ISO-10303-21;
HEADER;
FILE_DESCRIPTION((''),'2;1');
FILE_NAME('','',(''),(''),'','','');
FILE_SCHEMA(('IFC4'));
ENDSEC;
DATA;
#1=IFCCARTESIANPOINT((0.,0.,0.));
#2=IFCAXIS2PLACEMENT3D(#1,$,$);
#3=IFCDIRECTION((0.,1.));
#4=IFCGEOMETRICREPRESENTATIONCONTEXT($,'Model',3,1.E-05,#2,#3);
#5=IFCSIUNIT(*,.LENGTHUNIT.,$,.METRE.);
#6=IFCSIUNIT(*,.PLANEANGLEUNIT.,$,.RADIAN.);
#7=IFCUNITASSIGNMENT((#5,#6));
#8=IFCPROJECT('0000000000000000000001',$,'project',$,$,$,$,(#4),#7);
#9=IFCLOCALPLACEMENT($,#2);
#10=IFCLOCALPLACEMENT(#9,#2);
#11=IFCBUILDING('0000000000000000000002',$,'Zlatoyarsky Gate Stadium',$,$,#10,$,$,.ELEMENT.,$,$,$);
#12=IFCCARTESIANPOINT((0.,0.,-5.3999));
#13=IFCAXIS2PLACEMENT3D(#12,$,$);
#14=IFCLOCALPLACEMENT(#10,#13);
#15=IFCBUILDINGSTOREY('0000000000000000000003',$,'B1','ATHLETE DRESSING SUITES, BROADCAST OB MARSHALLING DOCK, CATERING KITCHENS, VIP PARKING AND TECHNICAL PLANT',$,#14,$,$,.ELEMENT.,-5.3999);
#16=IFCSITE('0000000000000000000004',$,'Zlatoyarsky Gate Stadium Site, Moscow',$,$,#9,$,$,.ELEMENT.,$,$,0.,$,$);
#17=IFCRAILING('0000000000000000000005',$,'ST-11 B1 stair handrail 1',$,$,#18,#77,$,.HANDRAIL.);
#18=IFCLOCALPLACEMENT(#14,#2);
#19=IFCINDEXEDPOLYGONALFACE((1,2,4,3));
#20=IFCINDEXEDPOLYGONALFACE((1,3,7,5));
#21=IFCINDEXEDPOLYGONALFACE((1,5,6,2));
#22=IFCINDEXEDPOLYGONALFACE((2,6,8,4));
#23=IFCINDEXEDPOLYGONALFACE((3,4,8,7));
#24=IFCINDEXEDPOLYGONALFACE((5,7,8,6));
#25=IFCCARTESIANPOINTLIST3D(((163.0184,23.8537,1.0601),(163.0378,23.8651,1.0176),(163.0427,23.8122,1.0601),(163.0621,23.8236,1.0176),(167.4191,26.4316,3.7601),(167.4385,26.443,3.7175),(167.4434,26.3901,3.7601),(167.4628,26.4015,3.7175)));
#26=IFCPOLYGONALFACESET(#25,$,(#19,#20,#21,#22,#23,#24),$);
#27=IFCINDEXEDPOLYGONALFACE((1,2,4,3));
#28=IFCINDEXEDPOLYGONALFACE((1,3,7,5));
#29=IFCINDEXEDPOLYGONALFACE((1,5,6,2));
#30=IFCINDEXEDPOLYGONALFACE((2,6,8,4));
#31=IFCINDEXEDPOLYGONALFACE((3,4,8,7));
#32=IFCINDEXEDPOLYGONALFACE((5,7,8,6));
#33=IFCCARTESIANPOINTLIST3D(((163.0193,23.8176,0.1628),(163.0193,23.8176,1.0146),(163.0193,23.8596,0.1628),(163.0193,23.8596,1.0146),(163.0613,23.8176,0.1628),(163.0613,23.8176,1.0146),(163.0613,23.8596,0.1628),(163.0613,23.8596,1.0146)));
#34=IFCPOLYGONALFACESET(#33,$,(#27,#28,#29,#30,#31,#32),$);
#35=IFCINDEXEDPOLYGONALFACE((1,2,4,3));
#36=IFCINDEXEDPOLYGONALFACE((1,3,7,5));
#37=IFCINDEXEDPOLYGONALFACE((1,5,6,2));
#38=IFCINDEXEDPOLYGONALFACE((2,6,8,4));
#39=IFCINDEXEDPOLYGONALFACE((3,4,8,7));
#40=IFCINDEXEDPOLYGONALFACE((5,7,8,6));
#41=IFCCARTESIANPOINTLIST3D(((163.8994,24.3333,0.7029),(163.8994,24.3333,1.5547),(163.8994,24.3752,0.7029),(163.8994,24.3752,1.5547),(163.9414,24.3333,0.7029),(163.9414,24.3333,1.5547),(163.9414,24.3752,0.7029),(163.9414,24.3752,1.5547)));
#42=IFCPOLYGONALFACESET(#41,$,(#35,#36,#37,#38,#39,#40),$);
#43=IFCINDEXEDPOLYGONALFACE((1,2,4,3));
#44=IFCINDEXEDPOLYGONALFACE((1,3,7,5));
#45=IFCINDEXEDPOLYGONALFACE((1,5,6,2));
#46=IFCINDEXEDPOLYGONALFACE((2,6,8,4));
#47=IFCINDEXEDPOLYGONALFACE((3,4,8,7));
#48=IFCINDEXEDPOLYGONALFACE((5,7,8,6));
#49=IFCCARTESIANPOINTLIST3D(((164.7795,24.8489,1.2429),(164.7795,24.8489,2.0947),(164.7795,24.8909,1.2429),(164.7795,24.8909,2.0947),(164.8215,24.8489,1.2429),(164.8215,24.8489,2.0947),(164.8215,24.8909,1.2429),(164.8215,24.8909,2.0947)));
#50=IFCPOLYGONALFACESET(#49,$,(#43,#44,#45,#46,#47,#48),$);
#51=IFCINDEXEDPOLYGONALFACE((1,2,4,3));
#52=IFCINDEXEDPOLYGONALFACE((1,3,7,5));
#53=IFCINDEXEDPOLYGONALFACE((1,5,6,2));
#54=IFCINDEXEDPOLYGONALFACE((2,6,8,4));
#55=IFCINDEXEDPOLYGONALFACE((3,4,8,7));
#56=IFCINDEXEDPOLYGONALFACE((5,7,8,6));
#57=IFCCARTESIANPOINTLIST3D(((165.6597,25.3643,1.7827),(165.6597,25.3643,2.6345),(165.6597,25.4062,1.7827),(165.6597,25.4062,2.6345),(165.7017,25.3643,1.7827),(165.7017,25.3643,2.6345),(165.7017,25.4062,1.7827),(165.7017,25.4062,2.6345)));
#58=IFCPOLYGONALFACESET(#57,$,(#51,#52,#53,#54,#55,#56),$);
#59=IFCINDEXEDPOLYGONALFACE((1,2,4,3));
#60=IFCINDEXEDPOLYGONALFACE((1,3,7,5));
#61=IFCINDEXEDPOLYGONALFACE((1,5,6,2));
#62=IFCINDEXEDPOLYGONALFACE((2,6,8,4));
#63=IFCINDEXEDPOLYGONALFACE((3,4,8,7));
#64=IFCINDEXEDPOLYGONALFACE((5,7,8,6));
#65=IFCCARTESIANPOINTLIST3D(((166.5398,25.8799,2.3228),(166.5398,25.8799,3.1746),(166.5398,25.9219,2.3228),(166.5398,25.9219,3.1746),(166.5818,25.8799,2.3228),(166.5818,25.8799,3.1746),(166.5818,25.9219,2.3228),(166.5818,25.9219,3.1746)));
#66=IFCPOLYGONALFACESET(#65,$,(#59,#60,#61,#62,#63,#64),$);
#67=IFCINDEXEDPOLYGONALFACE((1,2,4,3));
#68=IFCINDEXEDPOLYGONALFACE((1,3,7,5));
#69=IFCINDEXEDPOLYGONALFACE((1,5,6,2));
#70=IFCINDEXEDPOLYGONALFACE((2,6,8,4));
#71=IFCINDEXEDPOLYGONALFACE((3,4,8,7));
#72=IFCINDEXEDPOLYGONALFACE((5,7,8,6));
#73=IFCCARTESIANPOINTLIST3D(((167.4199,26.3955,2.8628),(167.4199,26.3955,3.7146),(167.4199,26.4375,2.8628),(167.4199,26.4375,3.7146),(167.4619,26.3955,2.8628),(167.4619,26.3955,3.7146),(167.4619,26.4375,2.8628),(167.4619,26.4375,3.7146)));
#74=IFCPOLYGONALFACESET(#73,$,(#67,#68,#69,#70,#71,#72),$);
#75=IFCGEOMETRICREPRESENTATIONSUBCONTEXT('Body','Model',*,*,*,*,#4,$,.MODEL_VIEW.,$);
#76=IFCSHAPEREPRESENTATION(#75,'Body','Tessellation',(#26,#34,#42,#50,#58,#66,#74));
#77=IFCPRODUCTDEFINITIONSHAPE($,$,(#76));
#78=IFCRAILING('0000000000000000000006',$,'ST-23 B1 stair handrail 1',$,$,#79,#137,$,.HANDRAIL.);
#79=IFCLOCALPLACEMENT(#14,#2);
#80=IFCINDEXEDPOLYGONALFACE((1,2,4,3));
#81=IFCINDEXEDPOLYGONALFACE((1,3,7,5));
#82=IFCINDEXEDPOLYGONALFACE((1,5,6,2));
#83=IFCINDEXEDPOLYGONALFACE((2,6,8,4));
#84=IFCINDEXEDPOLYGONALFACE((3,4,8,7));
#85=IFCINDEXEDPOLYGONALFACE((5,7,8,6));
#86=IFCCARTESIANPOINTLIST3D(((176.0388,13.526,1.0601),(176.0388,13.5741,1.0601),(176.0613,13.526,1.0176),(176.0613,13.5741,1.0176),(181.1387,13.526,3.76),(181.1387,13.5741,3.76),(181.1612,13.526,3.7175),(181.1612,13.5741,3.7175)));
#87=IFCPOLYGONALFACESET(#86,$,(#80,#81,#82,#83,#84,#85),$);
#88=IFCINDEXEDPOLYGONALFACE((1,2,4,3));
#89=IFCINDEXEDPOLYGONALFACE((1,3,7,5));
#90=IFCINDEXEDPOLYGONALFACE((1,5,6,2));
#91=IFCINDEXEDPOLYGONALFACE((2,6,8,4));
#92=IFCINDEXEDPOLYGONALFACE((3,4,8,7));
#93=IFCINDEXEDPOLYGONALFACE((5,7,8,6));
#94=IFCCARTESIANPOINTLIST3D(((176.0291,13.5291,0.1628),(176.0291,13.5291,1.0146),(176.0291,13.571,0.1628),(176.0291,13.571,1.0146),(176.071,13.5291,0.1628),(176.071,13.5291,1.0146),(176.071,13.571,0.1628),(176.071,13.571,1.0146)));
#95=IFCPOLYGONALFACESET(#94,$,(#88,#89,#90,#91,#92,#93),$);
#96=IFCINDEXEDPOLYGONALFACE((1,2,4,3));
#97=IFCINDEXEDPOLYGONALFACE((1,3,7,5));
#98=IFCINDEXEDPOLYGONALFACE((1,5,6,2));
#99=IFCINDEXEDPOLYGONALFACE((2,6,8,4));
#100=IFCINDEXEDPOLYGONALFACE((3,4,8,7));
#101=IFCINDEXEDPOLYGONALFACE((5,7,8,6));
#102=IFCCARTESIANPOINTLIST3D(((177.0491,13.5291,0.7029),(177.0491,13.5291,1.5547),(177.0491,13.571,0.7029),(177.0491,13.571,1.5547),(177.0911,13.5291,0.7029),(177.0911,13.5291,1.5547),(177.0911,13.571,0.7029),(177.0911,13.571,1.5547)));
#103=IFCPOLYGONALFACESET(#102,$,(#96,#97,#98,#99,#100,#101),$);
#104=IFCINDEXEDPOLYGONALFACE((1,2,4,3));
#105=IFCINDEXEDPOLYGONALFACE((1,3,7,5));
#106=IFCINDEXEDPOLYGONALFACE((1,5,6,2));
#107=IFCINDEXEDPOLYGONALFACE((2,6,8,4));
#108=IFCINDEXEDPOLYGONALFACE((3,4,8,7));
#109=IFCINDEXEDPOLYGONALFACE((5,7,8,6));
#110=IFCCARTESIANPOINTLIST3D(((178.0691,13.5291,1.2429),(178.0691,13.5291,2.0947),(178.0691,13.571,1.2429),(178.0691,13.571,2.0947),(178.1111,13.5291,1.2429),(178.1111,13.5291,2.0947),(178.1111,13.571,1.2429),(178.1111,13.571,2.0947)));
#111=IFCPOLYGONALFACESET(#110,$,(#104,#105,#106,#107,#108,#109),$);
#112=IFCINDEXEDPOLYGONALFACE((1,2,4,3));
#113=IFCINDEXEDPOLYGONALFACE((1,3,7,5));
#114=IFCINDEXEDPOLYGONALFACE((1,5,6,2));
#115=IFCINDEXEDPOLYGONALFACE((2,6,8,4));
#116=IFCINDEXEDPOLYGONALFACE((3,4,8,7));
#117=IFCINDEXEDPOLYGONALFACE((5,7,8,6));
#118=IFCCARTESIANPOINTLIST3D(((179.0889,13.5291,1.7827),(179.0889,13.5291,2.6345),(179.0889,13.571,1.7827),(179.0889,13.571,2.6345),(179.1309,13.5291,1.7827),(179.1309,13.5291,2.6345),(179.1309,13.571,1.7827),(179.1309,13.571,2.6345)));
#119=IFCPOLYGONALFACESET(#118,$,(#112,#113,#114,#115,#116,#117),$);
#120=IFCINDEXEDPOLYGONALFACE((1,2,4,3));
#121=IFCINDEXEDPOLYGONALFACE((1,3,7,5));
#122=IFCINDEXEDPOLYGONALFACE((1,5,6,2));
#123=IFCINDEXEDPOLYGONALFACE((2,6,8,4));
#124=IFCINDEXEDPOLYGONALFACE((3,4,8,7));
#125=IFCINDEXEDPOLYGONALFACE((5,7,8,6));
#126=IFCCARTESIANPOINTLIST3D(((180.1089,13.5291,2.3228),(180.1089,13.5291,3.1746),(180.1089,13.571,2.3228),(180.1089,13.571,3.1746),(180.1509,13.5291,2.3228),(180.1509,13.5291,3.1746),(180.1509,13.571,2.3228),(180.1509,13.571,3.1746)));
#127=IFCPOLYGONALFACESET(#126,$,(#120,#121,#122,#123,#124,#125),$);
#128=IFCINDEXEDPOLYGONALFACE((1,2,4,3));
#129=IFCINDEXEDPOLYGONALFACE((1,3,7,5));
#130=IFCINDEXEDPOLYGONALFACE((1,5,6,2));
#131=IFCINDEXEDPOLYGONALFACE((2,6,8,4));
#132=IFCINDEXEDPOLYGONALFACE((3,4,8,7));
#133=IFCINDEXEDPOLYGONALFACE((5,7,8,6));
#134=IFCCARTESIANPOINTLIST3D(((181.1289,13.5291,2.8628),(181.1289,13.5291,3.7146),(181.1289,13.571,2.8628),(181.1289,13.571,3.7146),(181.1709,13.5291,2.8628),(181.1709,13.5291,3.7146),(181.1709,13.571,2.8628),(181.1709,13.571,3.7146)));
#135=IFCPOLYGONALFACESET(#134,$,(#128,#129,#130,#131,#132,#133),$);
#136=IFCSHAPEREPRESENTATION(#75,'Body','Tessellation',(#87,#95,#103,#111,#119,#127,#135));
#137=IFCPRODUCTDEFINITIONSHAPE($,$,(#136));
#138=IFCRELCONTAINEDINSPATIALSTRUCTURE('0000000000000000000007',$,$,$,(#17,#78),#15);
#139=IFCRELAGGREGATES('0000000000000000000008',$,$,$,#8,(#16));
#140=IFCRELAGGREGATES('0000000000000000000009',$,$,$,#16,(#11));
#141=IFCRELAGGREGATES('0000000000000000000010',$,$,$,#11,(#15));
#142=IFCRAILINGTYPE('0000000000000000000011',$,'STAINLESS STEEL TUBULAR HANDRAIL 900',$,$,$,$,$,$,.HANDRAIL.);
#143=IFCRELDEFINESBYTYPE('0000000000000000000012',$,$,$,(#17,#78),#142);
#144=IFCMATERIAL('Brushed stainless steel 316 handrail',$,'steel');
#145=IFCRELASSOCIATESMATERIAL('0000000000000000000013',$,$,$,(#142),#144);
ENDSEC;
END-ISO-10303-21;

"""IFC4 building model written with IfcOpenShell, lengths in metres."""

from ifc_helpers import new_model, si_unit, direction, frame, origin, origin_2d, place, context, subcontext, project, spatial, rectangle, extrude, material, type_object, element, save


model = new_model("IFC4")

# Units and contexts
model_context = context("Model", 3, precision=1e-05, world=origin(), true_north=direction((0.0, 1.0)))
body_context = subcontext(model_context, "Body", "Model", "MODEL_VIEW")
ifc_project = project(units=[si_unit("LENGTHUNIT", "METRE"), si_unit("PLANEANGLEUNIT", "RADIAN")], contexts=[model_context])

# Site, building, storey
site_placement = place(None, origin())
site = spatial("IfcSite", under=ifc_project, at=site_placement, Name="Zlatoyarsky Gate Stadium Site, Moscow", CompositionType="ELEMENT", RefElevation=0.0)
building_placement = place(site_placement, origin())
building = spatial("IfcBuilding", under=site, at=building_placement, Name="Zlatoyarsky Gate Stadium", CompositionType="ELEMENT")
storey_placement = place(building_placement, frame((0.0, 0.0, -5.3999)))
storey = spatial("IfcBuildingStorey", under=building, at=storey_placement, Name="B1", Description="ATHLETE DRESSING SUITES, BROADCAST OB MARSHALLING DOCK, CATERING KITCHENS, VIP PARKING AND TECHNICAL PLANT", CompositionType="ELEMENT", Elevation=-5.3999)

# Railings
ifc_material_1 = material(Name="Brushed stainless steel 316 handrail", Category="steel")
railing_type_1 = type_object("IfcRailingType", Name="STAINLESS STEEL TUBULAR HANDRAIL 900", PredefinedType="HANDRAIL", material=ifc_material_1)
railing_1_placement = place(storey_placement, frame((163.0403, 23.8386, 0.1628)))
element("IfcRailing", 1, at=railing_1_placement, inside=storey, type_object=railing_type_1, Name="ST-11 B1 stair handrail 1", PredefinedType="HANDRAIL", context=body_context, shape_type="SweptSolid", body=[
    extrude(rectangle(XDim=0.0481, YDim=0.0481, at=origin_2d()), frame((0.0, 0.0, 0.876), z_axis=(0.762585, 0.44672, 0.467874), x_axis=(-0.505457, 0.862852, 0.0)), (0.0, 0.0, 1.0), 5.7708),
    extrude(rectangle(XDim=0.042, YDim=0.042, at=origin_2d()), origin(), (0.0, 0.0, 1.0), 0.8518),
    extrude(rectangle(XDim=0.042, YDim=0.042, at=origin_2d()), frame((0.8801, 0.5156, 0.54)), (0.0, 0.0, 1.0), 0.8518),
    extrude(rectangle(XDim=0.042, YDim=0.042, at=origin_2d()), frame((1.7603, 1.0312, 1.0801)), (0.0, 0.0, 1.0), 0.8518),
    extrude(rectangle(XDim=0.042, YDim=0.042, at=origin_2d()), frame((2.6404, 1.5466, 1.6199)), (0.0, 0.0, 1.0), 0.8518),
    extrude(rectangle(XDim=0.042, YDim=0.042, at=origin_2d()), frame((3.5205, 2.0623, 2.1599)), (0.0, 0.0, 1.0), 0.8518),
    extrude(rectangle(XDim=0.042, YDim=0.042, at=origin_2d()), frame((4.4006, 2.5779, 2.7)), (0.0, 0.0, 1.0), 0.8518),
])
railing_2_placement = place(storey_placement, frame((176.05, 13.55, 0.1628)))
element("IfcRailing", 2, at=railing_2_placement, inside=storey, type_object=railing_type_1, Name="ST-23 B1 stair handrail 1", PredefinedType="HANDRAIL", context=body_context, shape_type="SweptSolid", body=[
    extrude(rectangle(XDim=0.0481, YDim=0.0481, at=origin_2d()), frame((0.0, 0.0, 0.876), z_axis=(0.883786, 0.0, 0.467892), x_axis=(0.0, 1.0, 0.0)), (0.0, 0.0, 1.0), 5.7705),
    extrude(rectangle(XDim=0.042, YDim=0.042, at=origin_2d()), origin(), (0.0, 0.0, 1.0), 0.8518),
    extrude(rectangle(XDim=0.042, YDim=0.042, at=origin_2d()), frame((1.02, 0.0, 0.54)), (0.0, 0.0, 1.0), 0.8518),
    extrude(rectangle(XDim=0.042, YDim=0.042, at=origin_2d()), frame((2.04, 0.0, 1.0801)), (0.0, 0.0, 1.0), 0.8518),
    extrude(rectangle(XDim=0.042, YDim=0.042, at=origin_2d()), frame((3.0598, 0.0, 1.6199)), (0.0, 0.0, 1.0), 0.8518),
    extrude(rectangle(XDim=0.042, YDim=0.042, at=origin_2d()), frame((4.0798, 0.0, 2.1599)), (0.0, 0.0, 1.0), 0.8518),
    extrude(rectangle(XDim=0.042, YDim=0.042, at=origin_2d()), frame((5.0999, 0.0, 2.7)), (0.0, 0.0, 1.0), 0.8518),
])

save(model, "model.ifc")
